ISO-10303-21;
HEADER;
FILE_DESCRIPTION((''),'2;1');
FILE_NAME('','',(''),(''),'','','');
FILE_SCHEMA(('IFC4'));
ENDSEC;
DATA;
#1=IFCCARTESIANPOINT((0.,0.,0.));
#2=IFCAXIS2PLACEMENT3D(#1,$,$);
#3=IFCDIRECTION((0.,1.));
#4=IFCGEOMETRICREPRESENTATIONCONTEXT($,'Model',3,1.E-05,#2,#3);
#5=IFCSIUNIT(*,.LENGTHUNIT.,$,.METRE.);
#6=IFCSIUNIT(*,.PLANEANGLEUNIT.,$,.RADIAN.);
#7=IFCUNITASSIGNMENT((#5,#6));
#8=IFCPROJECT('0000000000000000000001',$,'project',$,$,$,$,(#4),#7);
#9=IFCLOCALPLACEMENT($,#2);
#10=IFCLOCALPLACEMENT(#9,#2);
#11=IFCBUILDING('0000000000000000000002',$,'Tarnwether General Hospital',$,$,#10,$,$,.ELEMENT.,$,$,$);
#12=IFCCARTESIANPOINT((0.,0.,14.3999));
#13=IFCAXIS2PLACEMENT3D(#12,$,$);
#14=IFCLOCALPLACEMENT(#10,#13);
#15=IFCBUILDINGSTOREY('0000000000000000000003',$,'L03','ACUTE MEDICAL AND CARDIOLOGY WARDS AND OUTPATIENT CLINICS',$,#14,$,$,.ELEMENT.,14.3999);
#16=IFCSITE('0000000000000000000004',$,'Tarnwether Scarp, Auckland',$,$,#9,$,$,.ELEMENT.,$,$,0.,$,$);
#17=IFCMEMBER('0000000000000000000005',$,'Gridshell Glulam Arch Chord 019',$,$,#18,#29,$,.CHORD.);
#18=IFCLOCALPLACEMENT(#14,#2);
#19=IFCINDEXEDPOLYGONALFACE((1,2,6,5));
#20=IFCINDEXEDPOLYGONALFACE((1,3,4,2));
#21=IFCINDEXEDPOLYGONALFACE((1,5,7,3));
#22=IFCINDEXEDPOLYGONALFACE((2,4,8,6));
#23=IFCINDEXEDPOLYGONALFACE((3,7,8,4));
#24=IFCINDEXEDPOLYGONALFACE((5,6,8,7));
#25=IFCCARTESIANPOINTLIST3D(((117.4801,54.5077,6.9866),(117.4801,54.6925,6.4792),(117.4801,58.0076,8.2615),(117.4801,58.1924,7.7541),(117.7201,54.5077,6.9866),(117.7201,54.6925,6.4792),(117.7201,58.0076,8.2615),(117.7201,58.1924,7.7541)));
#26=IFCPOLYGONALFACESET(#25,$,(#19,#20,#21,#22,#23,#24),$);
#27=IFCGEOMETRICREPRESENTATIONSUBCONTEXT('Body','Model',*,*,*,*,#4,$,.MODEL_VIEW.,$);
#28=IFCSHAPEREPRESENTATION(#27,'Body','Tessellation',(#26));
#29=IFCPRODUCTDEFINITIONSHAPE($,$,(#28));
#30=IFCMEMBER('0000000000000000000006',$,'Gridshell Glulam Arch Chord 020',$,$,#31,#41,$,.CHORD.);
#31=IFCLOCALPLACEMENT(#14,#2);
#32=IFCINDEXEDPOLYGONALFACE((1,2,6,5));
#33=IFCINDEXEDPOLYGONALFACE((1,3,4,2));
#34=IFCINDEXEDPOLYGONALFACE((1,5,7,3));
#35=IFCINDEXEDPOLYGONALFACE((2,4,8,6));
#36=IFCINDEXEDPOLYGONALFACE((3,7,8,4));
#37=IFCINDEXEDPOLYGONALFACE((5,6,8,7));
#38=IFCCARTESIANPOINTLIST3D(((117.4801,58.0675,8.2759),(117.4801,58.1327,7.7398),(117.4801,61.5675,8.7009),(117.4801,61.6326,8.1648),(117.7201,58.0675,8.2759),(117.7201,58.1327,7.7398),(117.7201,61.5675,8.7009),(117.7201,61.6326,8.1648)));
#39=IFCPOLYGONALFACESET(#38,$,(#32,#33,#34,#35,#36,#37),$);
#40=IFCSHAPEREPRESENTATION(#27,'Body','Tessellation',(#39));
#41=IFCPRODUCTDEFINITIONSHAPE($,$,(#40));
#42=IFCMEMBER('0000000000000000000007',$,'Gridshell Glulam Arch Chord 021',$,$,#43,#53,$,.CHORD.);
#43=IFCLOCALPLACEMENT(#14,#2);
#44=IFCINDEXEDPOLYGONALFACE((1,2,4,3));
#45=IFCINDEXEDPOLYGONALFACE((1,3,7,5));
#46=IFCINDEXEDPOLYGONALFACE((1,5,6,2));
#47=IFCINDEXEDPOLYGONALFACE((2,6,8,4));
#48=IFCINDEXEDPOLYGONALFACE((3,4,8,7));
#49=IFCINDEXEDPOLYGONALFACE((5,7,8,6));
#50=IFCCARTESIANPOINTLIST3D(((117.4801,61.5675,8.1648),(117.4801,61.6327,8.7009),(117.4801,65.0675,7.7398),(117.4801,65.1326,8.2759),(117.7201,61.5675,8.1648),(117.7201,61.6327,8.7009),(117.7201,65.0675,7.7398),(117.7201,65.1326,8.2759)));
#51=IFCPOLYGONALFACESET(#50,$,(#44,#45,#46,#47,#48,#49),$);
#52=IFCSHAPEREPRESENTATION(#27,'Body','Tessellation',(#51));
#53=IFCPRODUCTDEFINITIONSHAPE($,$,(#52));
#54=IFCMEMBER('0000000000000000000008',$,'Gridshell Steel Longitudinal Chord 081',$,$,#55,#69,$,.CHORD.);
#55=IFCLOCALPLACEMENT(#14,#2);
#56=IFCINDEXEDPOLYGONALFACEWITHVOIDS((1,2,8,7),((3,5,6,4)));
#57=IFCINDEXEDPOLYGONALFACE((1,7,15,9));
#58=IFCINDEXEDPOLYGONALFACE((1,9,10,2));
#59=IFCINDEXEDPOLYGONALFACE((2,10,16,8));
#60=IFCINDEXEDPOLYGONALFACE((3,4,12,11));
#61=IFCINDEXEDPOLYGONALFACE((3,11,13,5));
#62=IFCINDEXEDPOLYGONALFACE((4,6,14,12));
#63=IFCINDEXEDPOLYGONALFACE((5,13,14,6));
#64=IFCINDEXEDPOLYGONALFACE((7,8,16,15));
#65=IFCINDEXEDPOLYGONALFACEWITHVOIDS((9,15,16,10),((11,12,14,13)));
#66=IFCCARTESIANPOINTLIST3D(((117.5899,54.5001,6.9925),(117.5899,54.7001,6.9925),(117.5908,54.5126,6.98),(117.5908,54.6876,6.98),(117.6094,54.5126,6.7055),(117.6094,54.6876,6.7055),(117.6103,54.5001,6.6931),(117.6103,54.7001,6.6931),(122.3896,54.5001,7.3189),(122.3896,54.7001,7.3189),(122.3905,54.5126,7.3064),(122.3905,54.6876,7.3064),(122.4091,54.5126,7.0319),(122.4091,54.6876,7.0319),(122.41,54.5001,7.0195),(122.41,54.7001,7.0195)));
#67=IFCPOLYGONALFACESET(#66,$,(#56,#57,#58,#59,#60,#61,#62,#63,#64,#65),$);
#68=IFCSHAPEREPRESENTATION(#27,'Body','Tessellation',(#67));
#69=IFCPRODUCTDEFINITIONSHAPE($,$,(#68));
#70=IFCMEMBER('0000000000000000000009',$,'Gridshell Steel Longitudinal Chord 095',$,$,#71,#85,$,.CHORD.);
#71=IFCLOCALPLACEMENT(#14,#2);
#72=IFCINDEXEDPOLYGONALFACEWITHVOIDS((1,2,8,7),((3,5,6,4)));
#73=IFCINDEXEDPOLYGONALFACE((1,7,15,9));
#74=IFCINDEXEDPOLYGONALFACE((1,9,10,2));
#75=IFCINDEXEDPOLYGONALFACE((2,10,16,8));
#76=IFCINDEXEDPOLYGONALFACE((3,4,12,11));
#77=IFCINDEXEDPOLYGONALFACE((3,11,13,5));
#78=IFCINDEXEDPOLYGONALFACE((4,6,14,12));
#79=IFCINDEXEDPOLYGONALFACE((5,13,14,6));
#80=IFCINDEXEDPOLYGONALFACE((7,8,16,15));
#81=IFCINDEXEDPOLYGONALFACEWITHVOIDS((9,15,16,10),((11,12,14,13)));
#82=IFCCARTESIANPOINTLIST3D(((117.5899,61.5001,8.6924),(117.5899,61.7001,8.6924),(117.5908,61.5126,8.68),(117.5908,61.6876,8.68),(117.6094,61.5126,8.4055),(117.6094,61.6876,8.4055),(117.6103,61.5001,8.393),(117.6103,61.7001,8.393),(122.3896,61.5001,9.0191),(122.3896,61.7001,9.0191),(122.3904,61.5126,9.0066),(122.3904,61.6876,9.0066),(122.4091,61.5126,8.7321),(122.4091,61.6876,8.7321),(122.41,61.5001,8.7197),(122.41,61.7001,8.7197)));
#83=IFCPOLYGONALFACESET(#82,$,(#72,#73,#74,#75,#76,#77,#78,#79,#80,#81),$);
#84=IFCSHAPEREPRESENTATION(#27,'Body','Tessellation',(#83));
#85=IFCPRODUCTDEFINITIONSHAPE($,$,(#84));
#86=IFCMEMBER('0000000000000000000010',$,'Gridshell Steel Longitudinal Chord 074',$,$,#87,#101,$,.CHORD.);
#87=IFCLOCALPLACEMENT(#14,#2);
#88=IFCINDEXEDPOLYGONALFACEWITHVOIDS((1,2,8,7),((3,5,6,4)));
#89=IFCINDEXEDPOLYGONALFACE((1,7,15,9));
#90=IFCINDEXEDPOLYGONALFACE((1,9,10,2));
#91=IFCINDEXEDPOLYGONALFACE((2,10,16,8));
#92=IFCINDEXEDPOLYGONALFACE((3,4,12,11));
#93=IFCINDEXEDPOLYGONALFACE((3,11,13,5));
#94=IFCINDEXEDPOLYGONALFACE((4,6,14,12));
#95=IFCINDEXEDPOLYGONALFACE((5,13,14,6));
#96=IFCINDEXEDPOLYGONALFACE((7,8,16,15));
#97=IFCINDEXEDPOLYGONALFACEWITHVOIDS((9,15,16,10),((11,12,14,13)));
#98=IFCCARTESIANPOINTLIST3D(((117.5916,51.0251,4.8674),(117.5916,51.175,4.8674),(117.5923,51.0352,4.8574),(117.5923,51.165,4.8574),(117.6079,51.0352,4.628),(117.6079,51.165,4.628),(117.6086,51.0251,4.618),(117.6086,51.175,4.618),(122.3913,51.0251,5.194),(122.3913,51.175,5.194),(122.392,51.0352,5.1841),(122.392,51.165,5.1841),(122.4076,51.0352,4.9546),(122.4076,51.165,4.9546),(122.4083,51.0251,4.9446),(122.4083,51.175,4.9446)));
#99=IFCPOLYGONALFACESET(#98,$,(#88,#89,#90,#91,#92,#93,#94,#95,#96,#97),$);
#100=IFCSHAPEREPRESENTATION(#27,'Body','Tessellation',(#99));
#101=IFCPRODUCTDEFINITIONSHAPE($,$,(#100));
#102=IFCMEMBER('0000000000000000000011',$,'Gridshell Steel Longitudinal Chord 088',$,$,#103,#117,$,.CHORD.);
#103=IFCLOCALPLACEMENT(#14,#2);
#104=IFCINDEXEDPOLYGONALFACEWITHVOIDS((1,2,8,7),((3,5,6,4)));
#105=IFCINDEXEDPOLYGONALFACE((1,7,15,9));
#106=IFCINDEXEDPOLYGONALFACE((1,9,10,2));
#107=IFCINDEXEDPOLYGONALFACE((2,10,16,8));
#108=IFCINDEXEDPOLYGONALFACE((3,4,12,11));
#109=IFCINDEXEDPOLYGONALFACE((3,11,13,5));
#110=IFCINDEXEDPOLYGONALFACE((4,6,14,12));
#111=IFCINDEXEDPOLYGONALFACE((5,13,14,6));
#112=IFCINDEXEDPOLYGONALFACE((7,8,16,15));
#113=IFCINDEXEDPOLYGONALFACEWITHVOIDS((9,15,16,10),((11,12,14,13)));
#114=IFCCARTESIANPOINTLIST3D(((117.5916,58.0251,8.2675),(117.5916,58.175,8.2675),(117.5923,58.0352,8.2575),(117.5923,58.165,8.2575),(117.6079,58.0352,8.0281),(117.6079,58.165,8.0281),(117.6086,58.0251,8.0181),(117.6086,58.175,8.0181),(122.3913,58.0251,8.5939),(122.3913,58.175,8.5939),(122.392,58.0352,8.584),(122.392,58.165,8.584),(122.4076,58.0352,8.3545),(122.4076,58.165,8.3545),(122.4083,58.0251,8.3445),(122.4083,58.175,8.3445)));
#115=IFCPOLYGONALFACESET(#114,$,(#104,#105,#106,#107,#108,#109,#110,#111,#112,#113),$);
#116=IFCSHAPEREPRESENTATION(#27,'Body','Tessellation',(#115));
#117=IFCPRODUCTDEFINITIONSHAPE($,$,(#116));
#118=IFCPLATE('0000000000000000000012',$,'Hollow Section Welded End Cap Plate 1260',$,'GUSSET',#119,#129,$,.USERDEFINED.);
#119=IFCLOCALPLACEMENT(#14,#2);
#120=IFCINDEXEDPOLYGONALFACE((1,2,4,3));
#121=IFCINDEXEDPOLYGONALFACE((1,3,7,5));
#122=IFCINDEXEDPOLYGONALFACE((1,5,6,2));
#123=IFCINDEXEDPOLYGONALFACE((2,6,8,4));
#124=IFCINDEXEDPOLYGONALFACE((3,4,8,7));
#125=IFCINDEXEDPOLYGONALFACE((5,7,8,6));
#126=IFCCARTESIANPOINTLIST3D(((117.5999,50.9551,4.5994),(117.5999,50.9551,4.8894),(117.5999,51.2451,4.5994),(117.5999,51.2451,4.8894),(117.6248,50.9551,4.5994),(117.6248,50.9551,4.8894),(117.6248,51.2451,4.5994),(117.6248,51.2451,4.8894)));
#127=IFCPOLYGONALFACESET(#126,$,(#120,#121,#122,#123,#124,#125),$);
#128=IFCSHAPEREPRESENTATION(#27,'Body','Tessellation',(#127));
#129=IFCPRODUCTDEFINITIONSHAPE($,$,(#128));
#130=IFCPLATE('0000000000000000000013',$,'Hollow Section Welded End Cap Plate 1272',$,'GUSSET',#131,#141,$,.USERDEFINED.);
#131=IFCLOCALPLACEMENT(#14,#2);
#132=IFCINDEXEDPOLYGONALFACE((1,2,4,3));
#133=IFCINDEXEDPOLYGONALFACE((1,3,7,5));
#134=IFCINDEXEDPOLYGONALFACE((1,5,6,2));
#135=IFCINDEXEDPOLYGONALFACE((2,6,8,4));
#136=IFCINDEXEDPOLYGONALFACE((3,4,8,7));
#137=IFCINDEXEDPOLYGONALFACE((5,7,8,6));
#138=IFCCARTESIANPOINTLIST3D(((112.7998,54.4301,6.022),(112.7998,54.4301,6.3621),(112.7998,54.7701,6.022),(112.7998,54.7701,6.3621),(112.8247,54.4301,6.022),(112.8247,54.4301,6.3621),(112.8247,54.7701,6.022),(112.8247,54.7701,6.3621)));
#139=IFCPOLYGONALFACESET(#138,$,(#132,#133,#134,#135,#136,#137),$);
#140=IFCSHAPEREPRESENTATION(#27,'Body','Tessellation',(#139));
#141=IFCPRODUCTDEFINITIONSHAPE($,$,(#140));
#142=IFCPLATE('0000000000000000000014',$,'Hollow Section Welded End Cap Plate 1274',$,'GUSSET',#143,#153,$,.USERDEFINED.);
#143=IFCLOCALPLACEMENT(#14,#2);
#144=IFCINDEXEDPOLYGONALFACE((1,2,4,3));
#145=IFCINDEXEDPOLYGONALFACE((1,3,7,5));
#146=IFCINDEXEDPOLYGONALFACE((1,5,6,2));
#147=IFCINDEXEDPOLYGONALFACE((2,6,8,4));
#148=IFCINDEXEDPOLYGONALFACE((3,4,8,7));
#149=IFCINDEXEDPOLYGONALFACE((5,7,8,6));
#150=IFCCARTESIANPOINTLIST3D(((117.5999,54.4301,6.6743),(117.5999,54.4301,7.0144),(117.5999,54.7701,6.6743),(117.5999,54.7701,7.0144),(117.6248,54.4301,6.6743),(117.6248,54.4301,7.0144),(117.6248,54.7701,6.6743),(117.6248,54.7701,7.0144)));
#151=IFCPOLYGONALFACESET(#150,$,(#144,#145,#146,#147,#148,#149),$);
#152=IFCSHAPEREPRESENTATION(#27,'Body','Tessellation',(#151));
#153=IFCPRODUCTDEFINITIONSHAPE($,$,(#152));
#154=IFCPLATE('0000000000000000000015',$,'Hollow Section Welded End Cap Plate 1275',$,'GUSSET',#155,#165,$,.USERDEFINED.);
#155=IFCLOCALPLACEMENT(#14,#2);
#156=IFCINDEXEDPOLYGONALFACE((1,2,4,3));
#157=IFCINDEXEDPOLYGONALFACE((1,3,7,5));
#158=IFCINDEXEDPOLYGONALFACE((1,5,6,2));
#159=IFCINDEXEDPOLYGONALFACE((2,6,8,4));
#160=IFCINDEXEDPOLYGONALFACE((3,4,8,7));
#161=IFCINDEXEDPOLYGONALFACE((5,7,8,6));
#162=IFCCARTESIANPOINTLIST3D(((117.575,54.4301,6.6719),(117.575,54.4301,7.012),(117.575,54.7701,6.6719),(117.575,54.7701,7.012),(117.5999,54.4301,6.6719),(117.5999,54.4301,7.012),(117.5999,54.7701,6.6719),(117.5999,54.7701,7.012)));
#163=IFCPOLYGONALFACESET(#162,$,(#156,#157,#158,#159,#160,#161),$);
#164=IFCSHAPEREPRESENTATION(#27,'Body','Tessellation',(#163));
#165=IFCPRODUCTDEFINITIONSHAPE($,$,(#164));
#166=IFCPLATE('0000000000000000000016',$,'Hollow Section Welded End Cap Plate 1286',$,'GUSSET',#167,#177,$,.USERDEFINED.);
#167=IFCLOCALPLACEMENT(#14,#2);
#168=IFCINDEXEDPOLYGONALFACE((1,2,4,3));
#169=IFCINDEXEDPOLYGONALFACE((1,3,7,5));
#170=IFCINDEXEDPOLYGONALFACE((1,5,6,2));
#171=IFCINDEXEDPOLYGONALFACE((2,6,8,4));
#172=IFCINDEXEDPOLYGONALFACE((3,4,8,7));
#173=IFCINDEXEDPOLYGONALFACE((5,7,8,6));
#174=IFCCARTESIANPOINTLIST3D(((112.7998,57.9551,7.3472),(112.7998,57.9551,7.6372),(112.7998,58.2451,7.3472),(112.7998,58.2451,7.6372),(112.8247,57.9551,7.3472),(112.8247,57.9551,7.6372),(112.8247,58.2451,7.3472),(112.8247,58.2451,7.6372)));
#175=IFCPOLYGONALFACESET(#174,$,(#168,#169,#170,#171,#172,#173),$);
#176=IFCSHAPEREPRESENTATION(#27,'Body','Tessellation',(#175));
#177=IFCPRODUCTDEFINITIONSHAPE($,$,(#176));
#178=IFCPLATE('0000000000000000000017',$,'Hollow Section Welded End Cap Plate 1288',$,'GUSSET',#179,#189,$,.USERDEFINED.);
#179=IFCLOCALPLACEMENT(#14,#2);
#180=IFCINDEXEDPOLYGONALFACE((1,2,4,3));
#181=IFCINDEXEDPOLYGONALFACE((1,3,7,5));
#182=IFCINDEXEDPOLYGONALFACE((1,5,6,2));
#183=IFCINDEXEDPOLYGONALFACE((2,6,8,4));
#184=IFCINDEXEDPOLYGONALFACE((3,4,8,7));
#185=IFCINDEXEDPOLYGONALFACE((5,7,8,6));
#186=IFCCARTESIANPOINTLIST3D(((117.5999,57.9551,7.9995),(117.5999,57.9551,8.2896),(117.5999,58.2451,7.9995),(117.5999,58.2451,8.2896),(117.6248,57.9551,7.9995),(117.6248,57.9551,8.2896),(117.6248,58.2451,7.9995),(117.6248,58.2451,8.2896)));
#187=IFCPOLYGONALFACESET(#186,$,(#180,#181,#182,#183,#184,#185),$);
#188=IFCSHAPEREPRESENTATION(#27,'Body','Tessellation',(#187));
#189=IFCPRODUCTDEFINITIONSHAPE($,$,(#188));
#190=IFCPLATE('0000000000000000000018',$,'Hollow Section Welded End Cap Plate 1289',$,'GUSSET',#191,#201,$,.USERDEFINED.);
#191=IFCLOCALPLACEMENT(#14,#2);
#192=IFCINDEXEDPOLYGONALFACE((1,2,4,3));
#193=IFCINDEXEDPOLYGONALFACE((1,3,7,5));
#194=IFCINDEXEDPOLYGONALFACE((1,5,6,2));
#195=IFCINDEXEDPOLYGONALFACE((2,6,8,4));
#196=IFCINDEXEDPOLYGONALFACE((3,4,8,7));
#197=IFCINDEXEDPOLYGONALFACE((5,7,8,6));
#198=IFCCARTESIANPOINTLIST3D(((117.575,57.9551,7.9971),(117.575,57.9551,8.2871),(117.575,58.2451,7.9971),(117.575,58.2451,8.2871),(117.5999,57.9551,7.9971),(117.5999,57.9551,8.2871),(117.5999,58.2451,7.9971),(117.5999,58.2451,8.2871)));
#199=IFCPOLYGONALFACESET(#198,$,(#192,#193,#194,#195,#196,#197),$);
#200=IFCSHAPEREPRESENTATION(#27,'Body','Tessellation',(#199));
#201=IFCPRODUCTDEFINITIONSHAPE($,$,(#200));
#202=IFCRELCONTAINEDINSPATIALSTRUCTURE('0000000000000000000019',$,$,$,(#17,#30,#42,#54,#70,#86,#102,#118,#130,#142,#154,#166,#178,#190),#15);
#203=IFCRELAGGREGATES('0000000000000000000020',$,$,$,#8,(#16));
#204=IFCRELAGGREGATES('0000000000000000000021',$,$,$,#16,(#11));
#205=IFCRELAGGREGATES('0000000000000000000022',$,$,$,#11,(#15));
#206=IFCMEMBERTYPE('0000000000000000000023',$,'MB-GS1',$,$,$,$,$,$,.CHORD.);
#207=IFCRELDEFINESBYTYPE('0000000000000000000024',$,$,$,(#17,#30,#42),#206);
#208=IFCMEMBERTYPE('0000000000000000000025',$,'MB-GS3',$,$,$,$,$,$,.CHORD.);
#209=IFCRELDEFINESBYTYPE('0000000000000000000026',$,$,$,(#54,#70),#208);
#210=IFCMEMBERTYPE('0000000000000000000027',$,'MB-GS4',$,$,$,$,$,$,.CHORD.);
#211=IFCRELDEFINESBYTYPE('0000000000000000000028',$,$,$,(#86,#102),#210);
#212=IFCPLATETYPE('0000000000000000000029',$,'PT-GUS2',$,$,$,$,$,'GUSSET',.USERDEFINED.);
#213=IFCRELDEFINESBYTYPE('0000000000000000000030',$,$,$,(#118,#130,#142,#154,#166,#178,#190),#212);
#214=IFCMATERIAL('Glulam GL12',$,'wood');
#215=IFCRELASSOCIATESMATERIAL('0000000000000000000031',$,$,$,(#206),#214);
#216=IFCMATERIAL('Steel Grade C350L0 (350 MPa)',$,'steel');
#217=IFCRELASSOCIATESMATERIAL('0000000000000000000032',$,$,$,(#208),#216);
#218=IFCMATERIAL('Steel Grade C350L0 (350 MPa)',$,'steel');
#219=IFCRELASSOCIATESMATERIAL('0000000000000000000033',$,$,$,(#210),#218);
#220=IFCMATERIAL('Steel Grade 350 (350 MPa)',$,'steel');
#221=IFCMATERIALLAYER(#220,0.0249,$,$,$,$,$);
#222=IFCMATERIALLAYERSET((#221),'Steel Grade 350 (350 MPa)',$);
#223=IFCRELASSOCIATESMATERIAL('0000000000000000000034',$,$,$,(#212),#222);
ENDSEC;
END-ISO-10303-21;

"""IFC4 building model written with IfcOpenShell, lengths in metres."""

from ifc_helpers import new_model, si_unit, direction, frame, origin, origin_2d, place, context, subcontext, project, spatial, rectangle, hollow_rectangle, extrude, material, layer, layer_set, material_profile, profile_set, type_object, element, save


model = new_model("IFC4")

# Units and contexts
model_context = context("Model", 3, precision=1e-05, world=origin(), true_north=direction((0.0, 1.0)))
body_context = subcontext(model_context, "Body", "Model", "MODEL_VIEW")
ifc_project = project(units=[si_unit("LENGTHUNIT", "METRE"), si_unit("PLANEANGLEUNIT", "RADIAN")], contexts=[model_context])

# Site, building, storey
site_placement = place(None, origin())
site = spatial("IfcSite", under=ifc_project, at=site_placement, Name="Tarnwether Scarp, Auckland", CompositionType="ELEMENT", RefElevation=0.0)
building_placement = place(site_placement, origin())
building = spatial("IfcBuilding", under=site, at=building_placement, Name="Tarnwether General Hospital", CompositionType="ELEMENT")
storey_placement = place(building_placement, frame((0.0, 0.0, 14.3999)))
storey = spatial("IfcBuildingStorey", under=building, at=storey_placement, Name="L03", Description="ACUTE MEDICAL AND CARDIOLOGY WARDS AND OUTPATIENT CLINICS", CompositionType="ELEMENT", Elevation=14.3999)

# Members
ifc_material_1 = material(Name="Glulam GL12", Category="wood")
ifc_material_profile_1 = material_profile(ifc_material_1, rectangle(XDim=0.24, YDim=0.54, at=origin_2d()), Name="GL12-240x540")
ifc_profile_set_1 = profile_set([ifc_material_profile_1], Name="Glulam GL12")
member_type_1 = type_object("IfcMemberType", Name="MB-GS1", PredefinedType="CHORD", material=ifc_profile_set_1)
member_placement = place(storey_placement, frame((117.6001, 54.6001, 6.7329), z_axis=(0.0, 0.939606, 0.342259), x_axis=(-1.0, 0.0, 0.0)))
element("IfcMember", 1, at=member_placement, inside=storey, type_object=member_type_1, Name="Gridshell Glulam Arch Chord 019", PredefinedType="CHORD", context=body_context, shape_type="SweptSolid", body=[
    extrude(rectangle(XDim=0.24, YDim=0.54, at=origin_2d()), origin(), (0.0, 0.0, 1.0), 3.7249),
])
for number, where, z_axis, x_axis, name in (
    (2, (117.6001, 58.1001, 8.0078), (0.0, 0.992706, 0.120557), (-1.0, 0.0, 0.0), "Gridshell Glulam Arch Chord 020"),
    (3, (117.6001, 61.6001, 8.4329), (0.0, 0.992706, -0.120557), (-1.0, 0.0, 0.0), "Gridshell Glulam Arch Chord 021"),
):
    element("IfcMember", number, at=place(storey_placement, frame(where, z_axis=z_axis, x_axis=x_axis)), inside=storey, type_object=member_type_1, Name=name, PredefinedType="CHORD", context=body_context, shape_type="SweptSolid", body=[
        extrude(rectangle(XDim=0.24, YDim=0.54, at=origin_2d()), origin(), (0.0, 0.0, 1.0), 3.5256),
    ])
ifc_material_2 = material(Name="Steel Grade C350L0 (350 MPa)", Category="steel")
ifc_material_profile_2 = material_profile(ifc_material_2, hollow_rectangle(XDim=0.2, YDim=0.3, WallThickness=0.0125, at=origin_2d()), Name="RHS300x200x12.5")
ifc_profile_set_2 = profile_set([ifc_material_profile_2], Name="Steel Grade C350L0 (350 MPa)")
member_type_2 = type_object("IfcMemberType", Name="MB-GS3", PredefinedType="CHORD", material=ifc_profile_set_2)
for number, where, z_axis, x_axis, name in (
    (4, (117.6001, 54.6001, 6.8428), (0.997696, 0.0, 0.067849), (0.0, 1.0, 0.0), "Gridshell Steel Longitudinal Chord 081"),
    (5, (117.6001, 61.6001, 8.5427), (0.997692, 0.0, 0.0679), (0.0, 1.0, 0.0), "Gridshell Steel Longitudinal Chord 095"),
):
    element("IfcMember", number, at=place(storey_placement, frame(where, z_axis=z_axis, x_axis=x_axis)), inside=storey, type_object=member_type_2, Name=name, PredefinedType="CHORD", context=body_context, shape_type="SweptSolid", body=[
        extrude(hollow_rectangle(XDim=0.2, YDim=0.3, WallThickness=0.0125, at=origin_2d()), origin(), (0.0, 0.0, 1.0), 4.8108),
    ])
ifc_material_3 = material(Name="Steel Grade C350L0 (350 MPa)", Category="steel")
ifc_material_profile_3 = material_profile(ifc_material_3, hollow_rectangle(XDim=0.1499, YDim=0.25, WallThickness=0.01, at=origin_2d()), Name="RHS250x150x10")
ifc_profile_set_3 = profile_set([ifc_material_profile_3], Name="Steel Grade C350L0 (350 MPa)")
member_type_3 = type_object("IfcMemberType", Name="MB-GS4", PredefinedType="CHORD", material=ifc_profile_set_3)
for number, where, z_axis, x_axis, name in (
    (6, (117.6001, 51.1001, 4.7427), (0.997692, 0.0, 0.0679), (0.0, 1.0, 0.0), "Gridshell Steel Longitudinal Chord 074"),
    (7, (117.6001, 58.1001, 8.1428), (0.997696, 0.0, 0.067849), (0.0, 1.0, 0.0), "Gridshell Steel Longitudinal Chord 088"),
):
    element("IfcMember", number, at=place(storey_placement, frame(where, z_axis=z_axis, x_axis=x_axis)), inside=storey, type_object=member_type_3, Name=name, PredefinedType="CHORD", context=body_context, shape_type="SweptSolid", body=[
        extrude(hollow_rectangle(XDim=0.1499, YDim=0.25, WallThickness=0.01, at=origin_2d()), origin(), (0.0, 0.0, 1.0), 4.8108),
    ])

# Plates
ifc_material_4 = material(Name="Steel Grade 350 (350 MPa)", Category="steel")
ifc_layer_1 = layer(ifc_material_4, 0.0249)
ifc_layer_set_1 = layer_set([ifc_layer_1], Name="Steel Grade 350 (350 MPa)")
plate_type_1 = type_object("IfcPlateType", Name="PT-GUS2", ElementType="GUSSET", PredefinedType="USERDEFINED", material=ifc_layer_set_1)
plate_1_placement = place(storey_placement, frame((117.6123, 51.1001, 4.5994), z_axis=(0.0, 0.0, 1.0), x_axis=(1.0, 0.0, 0.0)))
element("IfcPlate", 8, at=plate_1_placement, inside=storey, type_object=plate_type_1, Name="Hollow Section Welded End Cap Plate 1260", ObjectType="GUSSET", PredefinedType="USERDEFINED", context=body_context, shape_type="SweptSolid", body=[
    extrude(rectangle(XDim=0.0249, YDim=0.29, at=origin_2d()), origin(), (0.0, 0.0, 1.0), 0.29),
])
for number, where, z_axis, x_axis, name in (
    (9, (112.8123, 54.6001, 6.022), (0.0, 0.0, 1.0), (1.0, 0.0, 0.0), "Hollow Section Welded End Cap Plate 1272"),
    (10, (117.6123, 54.6001, 6.6743), (0.0, 0.0, 1.0), (1.0, 0.0, 0.0), "Hollow Section Welded End Cap Plate 1274"),
    (11, (117.5874, 54.6001, 6.6719), (0.0, 0.0, 1.0), (1.0, 0.0, 0.0), "Hollow Section Welded End Cap Plate 1275"),
):
    element("IfcPlate", number, at=place(storey_placement, frame(where, z_axis=z_axis, x_axis=x_axis)), inside=storey, type_object=plate_type_1, Name=name, ObjectType="GUSSET", PredefinedType="USERDEFINED", context=body_context, shape_type="SweptSolid", body=[
        extrude(rectangle(XDim=0.0249, YDim=0.3401, at=origin_2d()), origin(), (0.0, 0.0, 1.0), 0.3401),
    ])
for number, where, z_axis, x_axis, name in (
    (12, (112.8123, 58.1001, 7.3472), (0.0, 0.0, 1.0), (1.0, 0.0, 0.0), "Hollow Section Welded End Cap Plate 1286"),
    (13, (117.6123, 58.1001, 7.9995), (0.0, 0.0, 1.0), (1.0, 0.0, 0.0), "Hollow Section Welded End Cap Plate 1288"),
    (14, (117.5874, 58.1001, 7.9971), (0.0, 0.0, 1.0), (1.0, 0.0, 0.0), "Hollow Section Welded End Cap Plate 1289"),
):
    element("IfcPlate", number, at=place(storey_placement, frame(where, z_axis=z_axis, x_axis=x_axis)), inside=storey, type_object=plate_type_1, Name=name, ObjectType="GUSSET", PredefinedType="USERDEFINED", context=body_context, shape_type="SweptSolid", body=[
        extrude(rectangle(XDim=0.0249, YDim=0.29, at=origin_2d()), origin(), (0.0, 0.0, 1.0), 0.29),
    ])

save(model, "model.ifc")
